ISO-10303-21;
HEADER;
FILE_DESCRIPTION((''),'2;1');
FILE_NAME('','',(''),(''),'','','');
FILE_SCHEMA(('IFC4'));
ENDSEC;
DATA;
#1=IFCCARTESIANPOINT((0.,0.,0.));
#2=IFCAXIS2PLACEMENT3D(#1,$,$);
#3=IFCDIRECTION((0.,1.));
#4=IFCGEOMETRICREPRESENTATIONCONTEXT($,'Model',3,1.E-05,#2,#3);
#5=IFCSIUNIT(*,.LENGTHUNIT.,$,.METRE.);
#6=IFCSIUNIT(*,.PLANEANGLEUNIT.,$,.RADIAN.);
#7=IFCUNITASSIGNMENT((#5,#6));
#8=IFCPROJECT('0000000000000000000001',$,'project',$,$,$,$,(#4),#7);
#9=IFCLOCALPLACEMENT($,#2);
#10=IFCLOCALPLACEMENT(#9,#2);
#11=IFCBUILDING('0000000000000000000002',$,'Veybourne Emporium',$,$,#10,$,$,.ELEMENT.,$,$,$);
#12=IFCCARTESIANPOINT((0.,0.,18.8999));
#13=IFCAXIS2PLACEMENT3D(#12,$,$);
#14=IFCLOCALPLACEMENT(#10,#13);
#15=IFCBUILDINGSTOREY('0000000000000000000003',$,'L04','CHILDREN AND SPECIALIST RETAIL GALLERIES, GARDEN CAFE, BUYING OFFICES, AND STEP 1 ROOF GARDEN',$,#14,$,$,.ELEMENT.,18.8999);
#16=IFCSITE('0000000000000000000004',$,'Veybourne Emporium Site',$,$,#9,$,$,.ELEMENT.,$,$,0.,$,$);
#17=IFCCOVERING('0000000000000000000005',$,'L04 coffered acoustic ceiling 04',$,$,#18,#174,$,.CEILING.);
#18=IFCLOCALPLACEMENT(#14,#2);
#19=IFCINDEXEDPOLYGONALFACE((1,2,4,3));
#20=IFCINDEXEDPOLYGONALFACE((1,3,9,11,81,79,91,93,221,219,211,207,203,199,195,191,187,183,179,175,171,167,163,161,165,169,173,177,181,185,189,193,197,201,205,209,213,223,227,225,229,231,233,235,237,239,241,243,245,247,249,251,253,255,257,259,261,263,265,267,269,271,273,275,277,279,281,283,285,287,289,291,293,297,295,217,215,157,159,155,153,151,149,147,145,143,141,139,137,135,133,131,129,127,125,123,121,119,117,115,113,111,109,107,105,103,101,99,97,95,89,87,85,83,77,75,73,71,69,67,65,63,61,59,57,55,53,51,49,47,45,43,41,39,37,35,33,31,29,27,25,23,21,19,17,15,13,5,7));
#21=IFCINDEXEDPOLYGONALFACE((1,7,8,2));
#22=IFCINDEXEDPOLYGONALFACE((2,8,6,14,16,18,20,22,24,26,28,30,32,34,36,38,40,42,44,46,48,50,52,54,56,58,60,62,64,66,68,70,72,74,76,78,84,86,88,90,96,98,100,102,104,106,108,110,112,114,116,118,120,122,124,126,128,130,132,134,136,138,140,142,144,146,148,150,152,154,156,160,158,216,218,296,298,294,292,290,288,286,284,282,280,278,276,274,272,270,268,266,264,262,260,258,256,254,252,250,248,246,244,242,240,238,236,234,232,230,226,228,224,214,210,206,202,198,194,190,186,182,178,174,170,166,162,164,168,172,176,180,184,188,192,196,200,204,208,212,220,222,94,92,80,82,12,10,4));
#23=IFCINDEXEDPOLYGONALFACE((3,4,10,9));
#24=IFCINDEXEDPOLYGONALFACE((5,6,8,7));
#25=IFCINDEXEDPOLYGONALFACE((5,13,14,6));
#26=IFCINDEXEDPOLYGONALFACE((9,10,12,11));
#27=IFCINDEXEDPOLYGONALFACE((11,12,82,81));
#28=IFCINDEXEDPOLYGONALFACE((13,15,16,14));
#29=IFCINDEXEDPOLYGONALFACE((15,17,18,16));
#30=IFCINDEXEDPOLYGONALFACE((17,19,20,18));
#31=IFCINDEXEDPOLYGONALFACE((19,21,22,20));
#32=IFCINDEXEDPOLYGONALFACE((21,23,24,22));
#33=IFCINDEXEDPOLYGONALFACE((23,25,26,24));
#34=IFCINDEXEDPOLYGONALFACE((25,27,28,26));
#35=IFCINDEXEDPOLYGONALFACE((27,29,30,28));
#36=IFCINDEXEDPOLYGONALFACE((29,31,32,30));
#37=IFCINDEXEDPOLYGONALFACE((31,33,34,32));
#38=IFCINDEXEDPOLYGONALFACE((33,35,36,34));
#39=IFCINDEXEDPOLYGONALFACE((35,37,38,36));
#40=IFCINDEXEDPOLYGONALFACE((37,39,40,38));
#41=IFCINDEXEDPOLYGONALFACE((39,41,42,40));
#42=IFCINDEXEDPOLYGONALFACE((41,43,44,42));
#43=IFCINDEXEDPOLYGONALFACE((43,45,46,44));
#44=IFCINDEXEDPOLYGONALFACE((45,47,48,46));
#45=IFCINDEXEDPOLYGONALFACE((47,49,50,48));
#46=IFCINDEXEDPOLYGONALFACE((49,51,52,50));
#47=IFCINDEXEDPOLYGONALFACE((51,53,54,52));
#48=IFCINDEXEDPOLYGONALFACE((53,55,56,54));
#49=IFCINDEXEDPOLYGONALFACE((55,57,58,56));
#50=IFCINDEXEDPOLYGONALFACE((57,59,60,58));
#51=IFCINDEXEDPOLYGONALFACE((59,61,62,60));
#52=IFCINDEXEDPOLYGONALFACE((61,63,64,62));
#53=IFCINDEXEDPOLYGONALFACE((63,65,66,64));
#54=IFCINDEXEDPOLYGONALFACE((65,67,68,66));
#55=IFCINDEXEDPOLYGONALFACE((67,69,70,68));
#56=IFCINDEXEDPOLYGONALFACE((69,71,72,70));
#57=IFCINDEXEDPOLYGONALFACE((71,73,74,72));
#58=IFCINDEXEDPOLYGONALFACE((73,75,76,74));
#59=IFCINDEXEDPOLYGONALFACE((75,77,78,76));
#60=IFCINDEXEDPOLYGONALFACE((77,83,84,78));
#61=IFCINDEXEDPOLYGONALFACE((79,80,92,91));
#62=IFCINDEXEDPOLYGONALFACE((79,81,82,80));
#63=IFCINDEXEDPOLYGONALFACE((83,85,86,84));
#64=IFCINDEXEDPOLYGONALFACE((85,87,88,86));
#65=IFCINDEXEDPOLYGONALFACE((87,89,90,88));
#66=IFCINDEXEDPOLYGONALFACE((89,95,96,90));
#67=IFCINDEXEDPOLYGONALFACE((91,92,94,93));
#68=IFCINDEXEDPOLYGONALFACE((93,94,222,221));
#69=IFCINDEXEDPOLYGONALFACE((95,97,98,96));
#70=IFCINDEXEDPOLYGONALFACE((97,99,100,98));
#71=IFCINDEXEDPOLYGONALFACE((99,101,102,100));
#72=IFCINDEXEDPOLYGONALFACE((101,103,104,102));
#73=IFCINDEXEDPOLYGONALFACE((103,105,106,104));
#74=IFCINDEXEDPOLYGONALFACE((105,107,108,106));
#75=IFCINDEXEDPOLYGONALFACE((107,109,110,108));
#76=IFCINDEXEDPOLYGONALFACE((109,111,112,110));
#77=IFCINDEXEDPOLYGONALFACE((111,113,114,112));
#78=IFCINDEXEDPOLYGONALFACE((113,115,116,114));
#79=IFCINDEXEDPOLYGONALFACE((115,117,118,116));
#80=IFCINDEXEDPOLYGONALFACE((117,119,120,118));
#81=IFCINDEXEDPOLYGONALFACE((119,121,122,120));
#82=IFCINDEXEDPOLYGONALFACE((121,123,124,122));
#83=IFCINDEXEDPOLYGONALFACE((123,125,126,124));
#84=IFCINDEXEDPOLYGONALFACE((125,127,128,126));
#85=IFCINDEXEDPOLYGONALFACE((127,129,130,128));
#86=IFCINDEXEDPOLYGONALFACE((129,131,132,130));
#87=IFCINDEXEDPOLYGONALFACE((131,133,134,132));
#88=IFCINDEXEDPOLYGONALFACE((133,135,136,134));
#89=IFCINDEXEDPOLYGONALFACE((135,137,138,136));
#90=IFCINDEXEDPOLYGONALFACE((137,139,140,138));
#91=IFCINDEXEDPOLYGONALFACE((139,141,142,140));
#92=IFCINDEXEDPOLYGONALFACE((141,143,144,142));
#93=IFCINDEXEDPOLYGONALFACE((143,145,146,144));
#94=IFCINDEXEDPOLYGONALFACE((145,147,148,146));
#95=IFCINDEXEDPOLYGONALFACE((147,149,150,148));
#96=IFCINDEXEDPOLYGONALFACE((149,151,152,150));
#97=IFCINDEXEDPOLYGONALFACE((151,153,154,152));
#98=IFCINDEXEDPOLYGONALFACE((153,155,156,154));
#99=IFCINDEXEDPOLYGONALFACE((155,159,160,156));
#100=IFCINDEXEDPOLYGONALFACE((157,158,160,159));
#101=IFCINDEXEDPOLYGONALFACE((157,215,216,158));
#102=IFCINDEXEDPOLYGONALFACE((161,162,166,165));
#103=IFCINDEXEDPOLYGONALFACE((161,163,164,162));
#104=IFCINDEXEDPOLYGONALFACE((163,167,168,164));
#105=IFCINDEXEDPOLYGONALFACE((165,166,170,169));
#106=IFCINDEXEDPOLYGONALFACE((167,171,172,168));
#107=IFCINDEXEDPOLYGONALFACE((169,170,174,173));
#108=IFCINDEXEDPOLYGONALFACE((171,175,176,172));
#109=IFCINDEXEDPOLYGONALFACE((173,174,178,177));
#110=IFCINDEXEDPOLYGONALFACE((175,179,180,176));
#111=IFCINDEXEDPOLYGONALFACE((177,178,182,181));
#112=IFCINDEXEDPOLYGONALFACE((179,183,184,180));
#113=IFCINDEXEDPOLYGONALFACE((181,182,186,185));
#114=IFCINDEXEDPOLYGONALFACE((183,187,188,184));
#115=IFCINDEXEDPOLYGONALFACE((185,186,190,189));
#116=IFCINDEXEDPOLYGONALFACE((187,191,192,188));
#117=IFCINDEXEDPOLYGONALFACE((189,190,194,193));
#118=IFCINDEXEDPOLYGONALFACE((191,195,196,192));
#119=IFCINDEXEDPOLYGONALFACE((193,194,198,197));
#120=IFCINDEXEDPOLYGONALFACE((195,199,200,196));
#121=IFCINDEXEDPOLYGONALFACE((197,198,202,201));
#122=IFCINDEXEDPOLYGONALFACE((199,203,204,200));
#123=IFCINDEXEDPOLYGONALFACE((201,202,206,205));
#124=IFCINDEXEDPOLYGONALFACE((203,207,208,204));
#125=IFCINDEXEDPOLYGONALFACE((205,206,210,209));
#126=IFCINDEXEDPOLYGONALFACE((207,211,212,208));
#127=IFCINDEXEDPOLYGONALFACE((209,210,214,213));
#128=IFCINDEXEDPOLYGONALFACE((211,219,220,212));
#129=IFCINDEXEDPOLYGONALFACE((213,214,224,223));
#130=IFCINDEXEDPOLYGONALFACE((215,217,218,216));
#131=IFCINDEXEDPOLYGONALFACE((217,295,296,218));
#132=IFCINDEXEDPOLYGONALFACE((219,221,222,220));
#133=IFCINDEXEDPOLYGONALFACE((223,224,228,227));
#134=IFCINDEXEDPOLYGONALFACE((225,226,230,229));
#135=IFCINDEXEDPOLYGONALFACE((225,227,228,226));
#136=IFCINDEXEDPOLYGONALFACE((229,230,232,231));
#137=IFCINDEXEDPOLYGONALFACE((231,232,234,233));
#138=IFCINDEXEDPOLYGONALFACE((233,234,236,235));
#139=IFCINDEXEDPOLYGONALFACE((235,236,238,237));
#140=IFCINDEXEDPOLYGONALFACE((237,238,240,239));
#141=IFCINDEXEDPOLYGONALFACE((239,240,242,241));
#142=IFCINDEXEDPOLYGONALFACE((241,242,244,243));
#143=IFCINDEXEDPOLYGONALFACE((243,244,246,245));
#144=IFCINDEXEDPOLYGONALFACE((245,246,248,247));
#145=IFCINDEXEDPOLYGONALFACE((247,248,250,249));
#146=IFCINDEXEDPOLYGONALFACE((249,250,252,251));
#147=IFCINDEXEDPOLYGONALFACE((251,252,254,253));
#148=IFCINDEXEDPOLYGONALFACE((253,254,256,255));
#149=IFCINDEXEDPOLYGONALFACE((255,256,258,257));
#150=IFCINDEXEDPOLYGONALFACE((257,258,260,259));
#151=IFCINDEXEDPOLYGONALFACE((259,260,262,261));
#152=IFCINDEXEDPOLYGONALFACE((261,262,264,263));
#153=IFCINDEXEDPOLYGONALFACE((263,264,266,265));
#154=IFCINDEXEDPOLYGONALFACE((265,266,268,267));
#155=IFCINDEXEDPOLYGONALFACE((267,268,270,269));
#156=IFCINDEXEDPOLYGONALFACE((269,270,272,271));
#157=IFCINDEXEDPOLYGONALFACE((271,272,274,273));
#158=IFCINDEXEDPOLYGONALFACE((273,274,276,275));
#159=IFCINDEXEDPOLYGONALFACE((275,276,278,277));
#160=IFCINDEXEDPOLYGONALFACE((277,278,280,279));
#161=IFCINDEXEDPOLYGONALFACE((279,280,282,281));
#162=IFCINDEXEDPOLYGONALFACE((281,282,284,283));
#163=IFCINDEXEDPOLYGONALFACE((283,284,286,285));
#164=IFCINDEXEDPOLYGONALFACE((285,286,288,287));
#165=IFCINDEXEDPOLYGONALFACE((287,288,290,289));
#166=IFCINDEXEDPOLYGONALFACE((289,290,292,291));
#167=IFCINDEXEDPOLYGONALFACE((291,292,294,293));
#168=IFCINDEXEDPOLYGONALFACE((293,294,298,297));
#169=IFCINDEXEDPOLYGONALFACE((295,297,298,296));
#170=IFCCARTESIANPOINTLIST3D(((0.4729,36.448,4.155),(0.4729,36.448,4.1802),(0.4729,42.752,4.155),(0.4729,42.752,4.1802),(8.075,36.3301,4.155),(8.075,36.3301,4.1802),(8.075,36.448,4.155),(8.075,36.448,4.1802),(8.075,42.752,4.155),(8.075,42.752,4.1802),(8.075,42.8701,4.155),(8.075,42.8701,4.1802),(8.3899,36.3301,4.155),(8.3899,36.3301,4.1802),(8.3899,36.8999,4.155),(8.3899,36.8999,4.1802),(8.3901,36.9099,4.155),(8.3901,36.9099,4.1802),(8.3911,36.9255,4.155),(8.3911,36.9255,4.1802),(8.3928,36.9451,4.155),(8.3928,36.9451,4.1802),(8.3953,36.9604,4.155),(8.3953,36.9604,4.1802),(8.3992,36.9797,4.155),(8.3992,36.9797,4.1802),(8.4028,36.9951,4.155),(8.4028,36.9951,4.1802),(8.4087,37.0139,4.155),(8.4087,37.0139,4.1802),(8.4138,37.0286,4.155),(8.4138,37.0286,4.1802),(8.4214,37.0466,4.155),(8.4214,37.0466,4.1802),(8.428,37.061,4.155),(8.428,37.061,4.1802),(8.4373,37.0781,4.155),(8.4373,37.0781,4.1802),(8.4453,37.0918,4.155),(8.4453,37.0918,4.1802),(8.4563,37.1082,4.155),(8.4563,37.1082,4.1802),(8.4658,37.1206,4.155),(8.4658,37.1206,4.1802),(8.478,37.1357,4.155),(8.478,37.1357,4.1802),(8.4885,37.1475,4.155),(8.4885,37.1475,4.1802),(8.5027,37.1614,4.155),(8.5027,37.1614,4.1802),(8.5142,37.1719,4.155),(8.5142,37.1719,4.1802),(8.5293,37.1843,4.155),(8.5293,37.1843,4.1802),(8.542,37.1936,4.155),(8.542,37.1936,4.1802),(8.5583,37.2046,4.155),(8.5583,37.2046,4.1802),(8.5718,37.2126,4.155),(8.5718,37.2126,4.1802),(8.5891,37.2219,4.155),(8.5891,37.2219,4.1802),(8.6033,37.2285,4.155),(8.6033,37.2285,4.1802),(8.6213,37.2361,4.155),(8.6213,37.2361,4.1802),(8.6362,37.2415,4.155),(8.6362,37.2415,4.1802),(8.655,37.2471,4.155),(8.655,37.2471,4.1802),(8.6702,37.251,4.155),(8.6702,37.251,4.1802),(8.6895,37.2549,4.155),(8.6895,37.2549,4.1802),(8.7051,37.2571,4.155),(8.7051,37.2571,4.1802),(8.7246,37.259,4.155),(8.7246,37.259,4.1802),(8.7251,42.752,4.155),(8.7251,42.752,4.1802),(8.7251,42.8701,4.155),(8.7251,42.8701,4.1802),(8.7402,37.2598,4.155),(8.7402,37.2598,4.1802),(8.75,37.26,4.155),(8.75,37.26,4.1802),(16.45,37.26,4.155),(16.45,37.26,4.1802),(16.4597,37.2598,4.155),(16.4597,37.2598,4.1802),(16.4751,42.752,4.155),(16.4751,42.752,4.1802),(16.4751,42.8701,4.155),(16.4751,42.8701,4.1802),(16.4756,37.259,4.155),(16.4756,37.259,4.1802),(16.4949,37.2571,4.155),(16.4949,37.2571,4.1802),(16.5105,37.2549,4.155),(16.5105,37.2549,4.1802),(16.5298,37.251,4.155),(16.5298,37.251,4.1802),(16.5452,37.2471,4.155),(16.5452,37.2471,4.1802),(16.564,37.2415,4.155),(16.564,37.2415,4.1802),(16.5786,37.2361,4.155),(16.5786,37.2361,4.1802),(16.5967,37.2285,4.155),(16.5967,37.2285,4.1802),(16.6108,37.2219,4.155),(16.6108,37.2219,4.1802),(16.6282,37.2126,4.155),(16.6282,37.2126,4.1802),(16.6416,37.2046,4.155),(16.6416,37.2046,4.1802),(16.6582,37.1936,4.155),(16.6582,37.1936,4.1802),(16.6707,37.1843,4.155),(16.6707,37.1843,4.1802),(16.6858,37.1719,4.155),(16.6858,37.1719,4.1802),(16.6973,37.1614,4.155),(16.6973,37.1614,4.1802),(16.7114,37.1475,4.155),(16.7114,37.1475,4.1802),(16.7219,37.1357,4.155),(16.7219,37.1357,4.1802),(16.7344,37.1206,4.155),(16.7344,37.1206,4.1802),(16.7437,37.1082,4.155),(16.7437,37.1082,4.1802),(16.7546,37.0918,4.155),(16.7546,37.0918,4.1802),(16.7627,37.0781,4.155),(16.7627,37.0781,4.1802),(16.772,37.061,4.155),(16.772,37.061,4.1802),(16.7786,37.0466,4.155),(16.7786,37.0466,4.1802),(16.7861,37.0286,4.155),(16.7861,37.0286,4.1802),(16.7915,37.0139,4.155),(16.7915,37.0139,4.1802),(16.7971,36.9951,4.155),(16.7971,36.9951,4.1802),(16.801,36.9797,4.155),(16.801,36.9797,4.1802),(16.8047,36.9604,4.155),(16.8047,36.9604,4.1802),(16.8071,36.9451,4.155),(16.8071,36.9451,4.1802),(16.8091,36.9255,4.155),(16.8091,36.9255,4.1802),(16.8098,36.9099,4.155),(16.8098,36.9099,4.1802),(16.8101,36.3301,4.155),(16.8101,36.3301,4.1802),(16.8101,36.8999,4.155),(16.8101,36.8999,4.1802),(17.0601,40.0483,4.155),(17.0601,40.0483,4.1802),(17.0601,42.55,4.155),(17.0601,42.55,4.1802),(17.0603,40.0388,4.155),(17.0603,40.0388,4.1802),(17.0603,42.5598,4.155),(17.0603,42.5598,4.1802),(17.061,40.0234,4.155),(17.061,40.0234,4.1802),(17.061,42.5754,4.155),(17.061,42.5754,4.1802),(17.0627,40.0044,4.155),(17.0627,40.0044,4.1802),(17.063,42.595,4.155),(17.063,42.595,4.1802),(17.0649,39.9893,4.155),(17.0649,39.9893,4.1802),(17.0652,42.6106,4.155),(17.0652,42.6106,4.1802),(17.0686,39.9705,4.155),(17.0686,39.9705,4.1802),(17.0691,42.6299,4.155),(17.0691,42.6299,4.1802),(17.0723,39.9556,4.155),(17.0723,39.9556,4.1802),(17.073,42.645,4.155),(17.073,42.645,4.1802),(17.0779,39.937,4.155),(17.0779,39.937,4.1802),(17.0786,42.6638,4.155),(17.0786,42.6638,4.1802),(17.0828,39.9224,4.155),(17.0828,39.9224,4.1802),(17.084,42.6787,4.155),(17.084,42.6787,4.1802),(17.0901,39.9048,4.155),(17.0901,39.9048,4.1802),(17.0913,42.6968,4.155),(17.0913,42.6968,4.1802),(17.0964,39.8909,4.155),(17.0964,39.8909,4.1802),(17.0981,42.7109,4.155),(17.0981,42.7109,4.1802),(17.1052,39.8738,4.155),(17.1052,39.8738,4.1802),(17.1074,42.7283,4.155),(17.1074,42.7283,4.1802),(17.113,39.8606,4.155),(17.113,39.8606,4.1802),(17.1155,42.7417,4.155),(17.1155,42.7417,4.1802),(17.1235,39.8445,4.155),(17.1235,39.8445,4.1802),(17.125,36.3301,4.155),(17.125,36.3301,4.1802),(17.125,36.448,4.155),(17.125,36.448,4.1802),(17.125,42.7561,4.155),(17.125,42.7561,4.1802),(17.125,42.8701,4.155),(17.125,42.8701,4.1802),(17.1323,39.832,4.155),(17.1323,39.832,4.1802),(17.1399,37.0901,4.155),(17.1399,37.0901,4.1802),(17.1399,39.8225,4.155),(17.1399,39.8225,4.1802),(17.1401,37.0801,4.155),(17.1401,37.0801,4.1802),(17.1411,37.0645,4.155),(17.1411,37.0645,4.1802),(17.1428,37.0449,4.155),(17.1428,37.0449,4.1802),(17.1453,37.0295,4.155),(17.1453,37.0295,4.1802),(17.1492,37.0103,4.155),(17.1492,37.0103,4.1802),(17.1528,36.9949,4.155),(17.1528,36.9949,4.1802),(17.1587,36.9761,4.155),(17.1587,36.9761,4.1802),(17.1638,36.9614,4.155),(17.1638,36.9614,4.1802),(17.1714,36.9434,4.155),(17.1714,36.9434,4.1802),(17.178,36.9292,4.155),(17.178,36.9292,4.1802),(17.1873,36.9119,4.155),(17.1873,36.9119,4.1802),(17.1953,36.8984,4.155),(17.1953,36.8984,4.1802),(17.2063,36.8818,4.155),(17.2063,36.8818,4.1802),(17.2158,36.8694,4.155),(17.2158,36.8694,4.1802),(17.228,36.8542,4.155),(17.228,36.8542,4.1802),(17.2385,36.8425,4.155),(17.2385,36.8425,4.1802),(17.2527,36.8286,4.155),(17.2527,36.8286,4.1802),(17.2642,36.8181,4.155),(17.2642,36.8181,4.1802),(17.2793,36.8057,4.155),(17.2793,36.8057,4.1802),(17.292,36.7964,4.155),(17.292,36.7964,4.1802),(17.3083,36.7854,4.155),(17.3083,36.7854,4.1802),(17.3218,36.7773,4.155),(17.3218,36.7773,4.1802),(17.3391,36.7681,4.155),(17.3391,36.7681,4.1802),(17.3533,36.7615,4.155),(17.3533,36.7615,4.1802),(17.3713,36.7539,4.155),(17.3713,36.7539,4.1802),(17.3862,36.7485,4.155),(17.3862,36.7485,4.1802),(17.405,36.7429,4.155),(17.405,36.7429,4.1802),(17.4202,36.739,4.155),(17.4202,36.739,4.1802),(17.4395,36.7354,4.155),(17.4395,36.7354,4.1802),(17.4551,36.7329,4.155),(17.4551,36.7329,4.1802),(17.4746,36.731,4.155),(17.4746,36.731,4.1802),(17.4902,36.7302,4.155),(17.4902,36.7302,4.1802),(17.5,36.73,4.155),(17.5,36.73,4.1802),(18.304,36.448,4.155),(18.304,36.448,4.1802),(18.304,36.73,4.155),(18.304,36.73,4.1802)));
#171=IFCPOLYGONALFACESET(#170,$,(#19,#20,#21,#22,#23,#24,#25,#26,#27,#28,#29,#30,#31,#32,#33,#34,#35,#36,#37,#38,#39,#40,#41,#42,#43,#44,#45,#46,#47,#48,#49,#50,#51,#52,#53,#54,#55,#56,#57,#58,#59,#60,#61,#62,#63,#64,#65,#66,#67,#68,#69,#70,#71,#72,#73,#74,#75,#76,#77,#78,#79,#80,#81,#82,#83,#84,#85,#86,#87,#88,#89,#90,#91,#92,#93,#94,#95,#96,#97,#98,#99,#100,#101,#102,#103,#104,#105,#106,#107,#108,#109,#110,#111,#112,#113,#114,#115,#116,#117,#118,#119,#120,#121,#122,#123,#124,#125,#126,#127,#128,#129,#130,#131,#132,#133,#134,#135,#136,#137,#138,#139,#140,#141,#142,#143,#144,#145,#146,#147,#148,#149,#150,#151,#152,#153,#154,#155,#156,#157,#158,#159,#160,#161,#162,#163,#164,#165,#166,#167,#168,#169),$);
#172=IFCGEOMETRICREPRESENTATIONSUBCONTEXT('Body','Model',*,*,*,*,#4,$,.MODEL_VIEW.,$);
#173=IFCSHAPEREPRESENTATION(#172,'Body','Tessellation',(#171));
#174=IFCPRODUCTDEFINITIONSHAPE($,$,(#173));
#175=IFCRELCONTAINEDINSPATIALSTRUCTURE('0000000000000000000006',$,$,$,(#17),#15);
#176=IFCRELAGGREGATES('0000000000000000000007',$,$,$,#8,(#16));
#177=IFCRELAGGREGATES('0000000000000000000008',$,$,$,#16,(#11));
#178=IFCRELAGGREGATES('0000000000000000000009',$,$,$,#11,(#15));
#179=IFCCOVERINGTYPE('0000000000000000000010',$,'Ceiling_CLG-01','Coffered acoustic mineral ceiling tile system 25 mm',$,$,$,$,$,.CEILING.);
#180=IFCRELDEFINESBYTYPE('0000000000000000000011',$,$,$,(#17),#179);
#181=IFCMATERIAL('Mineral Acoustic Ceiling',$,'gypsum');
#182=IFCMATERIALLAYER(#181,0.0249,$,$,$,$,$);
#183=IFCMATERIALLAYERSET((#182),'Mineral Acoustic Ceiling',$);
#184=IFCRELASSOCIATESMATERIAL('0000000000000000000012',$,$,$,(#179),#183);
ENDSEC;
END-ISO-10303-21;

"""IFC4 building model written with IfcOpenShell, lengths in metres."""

from ifc_helpers import new_model, si_unit, direction, frame, origin, place, context, subcontext, project, spatial, polyline, outline, extrude, material, layer, layer_set, type_object, element, save


model = new_model("IFC4")

# Units and contexts
model_context = context("Model", 3, precision=1e-05, world=origin(), true_north=direction((0.0, 1.0)))
body_context = subcontext(model_context, "Body", "Model", "MODEL_VIEW")
ifc_project = project(units=[si_unit("LENGTHUNIT", "METRE"), si_unit("PLANEANGLEUNIT", "RADIAN")], contexts=[model_context])

# Site, building, storey
site_placement = place(None, origin())
site = spatial("IfcSite", under=ifc_project, at=site_placement, Name="Veybourne Emporium Site", CompositionType="ELEMENT", RefElevation=0.0)
building_placement = place(site_placement, origin())
building = spatial("IfcBuilding", under=site, at=building_placement, Name="Veybourne Emporium", CompositionType="ELEMENT")
storey_placement = place(building_placement, frame((0.0, 0.0, 18.8999)))
storey = spatial("IfcBuildingStorey", under=building, at=storey_placement, Name="L04", Description="CHILDREN AND SPECIALIST RETAIL GALLERIES, GARDEN CAFE, BUYING OFFICES, AND STEP 1 ROOF GARDEN", CompositionType="ELEMENT", Elevation=18.8999)

# Covering
ifc_material_1 = material(Name="Mineral Acoustic Ceiling", Category="gypsum")
ifc_layer_1 = layer(ifc_material_1, 0.0249)
ifc_layer_set_1 = layer_set([ifc_layer_1], Name="Mineral Acoustic Ceiling")
covering_type_1 = type_object("IfcCoveringType", Name="Ceiling_CLG-01", Description="Coffered acoustic mineral ceiling tile system 25 mm", PredefinedType="CEILING", material=ifc_layer_set_1)
covering_1_placement = place(storey_placement, frame((0.0, 0.0, 4.155)))
element("IfcCovering", 1, at=covering_1_placement, inside=storey, type_object=covering_type_1, Name="L04 coffered acoustic ceiling 04", PredefinedType="CEILING", context=body_context, shape_type="SweptSolid", body=[
    extrude(outline(polyline([(8.7251, 42.8701), (8.7251, 42.752), (16.4751, 42.752), (16.4751, 42.8701), (17.125, 42.8701), (17.125, 42.7561), (17.1155, 42.7417), (17.1074, 42.7283), (17.0981, 42.7109), (17.0913, 42.6968), (17.084, 42.6787), (17.0786, 42.6638), (17.073, 42.645), (17.0691, 42.6299), (17.0652, 42.6106), (17.063, 42.595), (17.061, 42.5754), (17.0603, 42.5598), (17.0601, 42.55), (17.0601, 40.0483), (17.0603, 40.0388), (17.061, 40.0234), (17.0627, 40.0044), (17.0649, 39.9893), (17.0686, 39.9705), (17.0723, 39.9556), (17.0779, 39.937), (17.0828, 39.9224), (17.0901, 39.9048), (17.0964, 39.8909), (17.1052, 39.8738), (17.113, 39.8606), (17.1235, 39.8445), (17.1323, 39.832), (17.1399, 39.8225), (17.1399, 37.0901), (17.1401, 37.0801), (17.1411, 37.0645), (17.1428, 37.0449), (17.1453, 37.0295), (17.1492, 37.0103), (17.1528, 36.9949), (17.1587, 36.9761), (17.1638, 36.9614), (17.1714, 36.9434), (17.178, 36.9292), (17.1873, 36.9119), (17.1953, 36.8984), (17.2063, 36.8818), (17.2158, 36.8694), (17.228, 36.8542), (17.2385, 36.8425), (17.2527, 36.8286), (17.2642, 36.8181), (17.2793, 36.8057), (17.292, 36.7964), (17.3083, 36.7854), (17.3218, 36.7773), (17.3391, 36.7681), (17.3533, 36.7615), (17.3713, 36.7539), (17.3862, 36.7485), (17.405, 36.7429), (17.4202, 36.739), (17.4395, 36.7354), (17.4551, 36.7329), (17.4746, 36.731), (17.4902, 36.7302), (17.5, 36.73), (18.304, 36.73), (18.304, 36.448), (17.125, 36.448), (17.125, 36.3301), (16.8101, 36.3301), (16.8101, 36.8999), (16.8098, 36.9099), (16.8091, 36.9255), (16.8071, 36.9451), (16.8047, 36.9604), (16.801, 36.9797), (16.7971, 36.9951), (16.7915, 37.0139), (16.7861, 37.0286), (16.7786, 37.0466), (16.772, 37.061), (16.7627, 37.0781), (16.7546, 37.0918), (16.7437, 37.1082), (16.7344, 37.1206), (16.7219, 37.1357), (16.7114, 37.1475), (16.6973, 37.1614), (16.6858, 37.1719), (16.6707, 37.1843), (16.6582, 37.1936), (16.6416, 37.2046), (16.6282, 37.2126), (16.6108, 37.2219), (16.5967, 37.2285), (16.5786, 37.2361), (16.564, 37.2415), (16.5452, 37.2471), (16.5298, 37.251), (16.5105, 37.2549), (16.4949, 37.2571), (16.4756, 37.259), (16.4597, 37.2598), (16.45, 37.26), (8.75, 37.26), (8.7402, 37.2598), (8.7246, 37.259), (8.7051, 37.2571), (8.6895, 37.2549), (8.6702, 37.251), (8.655, 37.2471), (8.6362, 37.2415), (8.6213, 37.2361), (8.6033, 37.2285), (8.5891, 37.2219), (8.5718, 37.2126), (8.5583, 37.2046), (8.542, 37.1936), (8.5293, 37.1843), (8.5142, 37.1719), (8.5027, 37.1614), (8.4885, 37.1475), (8.478, 37.1357), (8.4658, 37.1206), (8.4563, 37.1082), (8.4453, 37.0918), (8.4373, 37.0781), (8.428, 37.061), (8.4214, 37.0466), (8.4138, 37.0286), (8.4087, 37.0139), (8.4028, 36.9951), (8.3992, 36.9797), (8.3953, 36.9604), (8.3928, 36.9451), (8.3911, 36.9255), (8.3901, 36.9099), (8.3899, 36.8999), (8.3899, 36.3301), (8.075, 36.3301), (8.075, 36.448), (0.4729, 36.448), (0.4729, 42.752), (8.075, 42.752), (8.075, 42.8701), (8.7251, 42.8701)])), origin(), (0.0, 0.0, 1.0), 0.0251),
])

save(model, "model.ifc")
